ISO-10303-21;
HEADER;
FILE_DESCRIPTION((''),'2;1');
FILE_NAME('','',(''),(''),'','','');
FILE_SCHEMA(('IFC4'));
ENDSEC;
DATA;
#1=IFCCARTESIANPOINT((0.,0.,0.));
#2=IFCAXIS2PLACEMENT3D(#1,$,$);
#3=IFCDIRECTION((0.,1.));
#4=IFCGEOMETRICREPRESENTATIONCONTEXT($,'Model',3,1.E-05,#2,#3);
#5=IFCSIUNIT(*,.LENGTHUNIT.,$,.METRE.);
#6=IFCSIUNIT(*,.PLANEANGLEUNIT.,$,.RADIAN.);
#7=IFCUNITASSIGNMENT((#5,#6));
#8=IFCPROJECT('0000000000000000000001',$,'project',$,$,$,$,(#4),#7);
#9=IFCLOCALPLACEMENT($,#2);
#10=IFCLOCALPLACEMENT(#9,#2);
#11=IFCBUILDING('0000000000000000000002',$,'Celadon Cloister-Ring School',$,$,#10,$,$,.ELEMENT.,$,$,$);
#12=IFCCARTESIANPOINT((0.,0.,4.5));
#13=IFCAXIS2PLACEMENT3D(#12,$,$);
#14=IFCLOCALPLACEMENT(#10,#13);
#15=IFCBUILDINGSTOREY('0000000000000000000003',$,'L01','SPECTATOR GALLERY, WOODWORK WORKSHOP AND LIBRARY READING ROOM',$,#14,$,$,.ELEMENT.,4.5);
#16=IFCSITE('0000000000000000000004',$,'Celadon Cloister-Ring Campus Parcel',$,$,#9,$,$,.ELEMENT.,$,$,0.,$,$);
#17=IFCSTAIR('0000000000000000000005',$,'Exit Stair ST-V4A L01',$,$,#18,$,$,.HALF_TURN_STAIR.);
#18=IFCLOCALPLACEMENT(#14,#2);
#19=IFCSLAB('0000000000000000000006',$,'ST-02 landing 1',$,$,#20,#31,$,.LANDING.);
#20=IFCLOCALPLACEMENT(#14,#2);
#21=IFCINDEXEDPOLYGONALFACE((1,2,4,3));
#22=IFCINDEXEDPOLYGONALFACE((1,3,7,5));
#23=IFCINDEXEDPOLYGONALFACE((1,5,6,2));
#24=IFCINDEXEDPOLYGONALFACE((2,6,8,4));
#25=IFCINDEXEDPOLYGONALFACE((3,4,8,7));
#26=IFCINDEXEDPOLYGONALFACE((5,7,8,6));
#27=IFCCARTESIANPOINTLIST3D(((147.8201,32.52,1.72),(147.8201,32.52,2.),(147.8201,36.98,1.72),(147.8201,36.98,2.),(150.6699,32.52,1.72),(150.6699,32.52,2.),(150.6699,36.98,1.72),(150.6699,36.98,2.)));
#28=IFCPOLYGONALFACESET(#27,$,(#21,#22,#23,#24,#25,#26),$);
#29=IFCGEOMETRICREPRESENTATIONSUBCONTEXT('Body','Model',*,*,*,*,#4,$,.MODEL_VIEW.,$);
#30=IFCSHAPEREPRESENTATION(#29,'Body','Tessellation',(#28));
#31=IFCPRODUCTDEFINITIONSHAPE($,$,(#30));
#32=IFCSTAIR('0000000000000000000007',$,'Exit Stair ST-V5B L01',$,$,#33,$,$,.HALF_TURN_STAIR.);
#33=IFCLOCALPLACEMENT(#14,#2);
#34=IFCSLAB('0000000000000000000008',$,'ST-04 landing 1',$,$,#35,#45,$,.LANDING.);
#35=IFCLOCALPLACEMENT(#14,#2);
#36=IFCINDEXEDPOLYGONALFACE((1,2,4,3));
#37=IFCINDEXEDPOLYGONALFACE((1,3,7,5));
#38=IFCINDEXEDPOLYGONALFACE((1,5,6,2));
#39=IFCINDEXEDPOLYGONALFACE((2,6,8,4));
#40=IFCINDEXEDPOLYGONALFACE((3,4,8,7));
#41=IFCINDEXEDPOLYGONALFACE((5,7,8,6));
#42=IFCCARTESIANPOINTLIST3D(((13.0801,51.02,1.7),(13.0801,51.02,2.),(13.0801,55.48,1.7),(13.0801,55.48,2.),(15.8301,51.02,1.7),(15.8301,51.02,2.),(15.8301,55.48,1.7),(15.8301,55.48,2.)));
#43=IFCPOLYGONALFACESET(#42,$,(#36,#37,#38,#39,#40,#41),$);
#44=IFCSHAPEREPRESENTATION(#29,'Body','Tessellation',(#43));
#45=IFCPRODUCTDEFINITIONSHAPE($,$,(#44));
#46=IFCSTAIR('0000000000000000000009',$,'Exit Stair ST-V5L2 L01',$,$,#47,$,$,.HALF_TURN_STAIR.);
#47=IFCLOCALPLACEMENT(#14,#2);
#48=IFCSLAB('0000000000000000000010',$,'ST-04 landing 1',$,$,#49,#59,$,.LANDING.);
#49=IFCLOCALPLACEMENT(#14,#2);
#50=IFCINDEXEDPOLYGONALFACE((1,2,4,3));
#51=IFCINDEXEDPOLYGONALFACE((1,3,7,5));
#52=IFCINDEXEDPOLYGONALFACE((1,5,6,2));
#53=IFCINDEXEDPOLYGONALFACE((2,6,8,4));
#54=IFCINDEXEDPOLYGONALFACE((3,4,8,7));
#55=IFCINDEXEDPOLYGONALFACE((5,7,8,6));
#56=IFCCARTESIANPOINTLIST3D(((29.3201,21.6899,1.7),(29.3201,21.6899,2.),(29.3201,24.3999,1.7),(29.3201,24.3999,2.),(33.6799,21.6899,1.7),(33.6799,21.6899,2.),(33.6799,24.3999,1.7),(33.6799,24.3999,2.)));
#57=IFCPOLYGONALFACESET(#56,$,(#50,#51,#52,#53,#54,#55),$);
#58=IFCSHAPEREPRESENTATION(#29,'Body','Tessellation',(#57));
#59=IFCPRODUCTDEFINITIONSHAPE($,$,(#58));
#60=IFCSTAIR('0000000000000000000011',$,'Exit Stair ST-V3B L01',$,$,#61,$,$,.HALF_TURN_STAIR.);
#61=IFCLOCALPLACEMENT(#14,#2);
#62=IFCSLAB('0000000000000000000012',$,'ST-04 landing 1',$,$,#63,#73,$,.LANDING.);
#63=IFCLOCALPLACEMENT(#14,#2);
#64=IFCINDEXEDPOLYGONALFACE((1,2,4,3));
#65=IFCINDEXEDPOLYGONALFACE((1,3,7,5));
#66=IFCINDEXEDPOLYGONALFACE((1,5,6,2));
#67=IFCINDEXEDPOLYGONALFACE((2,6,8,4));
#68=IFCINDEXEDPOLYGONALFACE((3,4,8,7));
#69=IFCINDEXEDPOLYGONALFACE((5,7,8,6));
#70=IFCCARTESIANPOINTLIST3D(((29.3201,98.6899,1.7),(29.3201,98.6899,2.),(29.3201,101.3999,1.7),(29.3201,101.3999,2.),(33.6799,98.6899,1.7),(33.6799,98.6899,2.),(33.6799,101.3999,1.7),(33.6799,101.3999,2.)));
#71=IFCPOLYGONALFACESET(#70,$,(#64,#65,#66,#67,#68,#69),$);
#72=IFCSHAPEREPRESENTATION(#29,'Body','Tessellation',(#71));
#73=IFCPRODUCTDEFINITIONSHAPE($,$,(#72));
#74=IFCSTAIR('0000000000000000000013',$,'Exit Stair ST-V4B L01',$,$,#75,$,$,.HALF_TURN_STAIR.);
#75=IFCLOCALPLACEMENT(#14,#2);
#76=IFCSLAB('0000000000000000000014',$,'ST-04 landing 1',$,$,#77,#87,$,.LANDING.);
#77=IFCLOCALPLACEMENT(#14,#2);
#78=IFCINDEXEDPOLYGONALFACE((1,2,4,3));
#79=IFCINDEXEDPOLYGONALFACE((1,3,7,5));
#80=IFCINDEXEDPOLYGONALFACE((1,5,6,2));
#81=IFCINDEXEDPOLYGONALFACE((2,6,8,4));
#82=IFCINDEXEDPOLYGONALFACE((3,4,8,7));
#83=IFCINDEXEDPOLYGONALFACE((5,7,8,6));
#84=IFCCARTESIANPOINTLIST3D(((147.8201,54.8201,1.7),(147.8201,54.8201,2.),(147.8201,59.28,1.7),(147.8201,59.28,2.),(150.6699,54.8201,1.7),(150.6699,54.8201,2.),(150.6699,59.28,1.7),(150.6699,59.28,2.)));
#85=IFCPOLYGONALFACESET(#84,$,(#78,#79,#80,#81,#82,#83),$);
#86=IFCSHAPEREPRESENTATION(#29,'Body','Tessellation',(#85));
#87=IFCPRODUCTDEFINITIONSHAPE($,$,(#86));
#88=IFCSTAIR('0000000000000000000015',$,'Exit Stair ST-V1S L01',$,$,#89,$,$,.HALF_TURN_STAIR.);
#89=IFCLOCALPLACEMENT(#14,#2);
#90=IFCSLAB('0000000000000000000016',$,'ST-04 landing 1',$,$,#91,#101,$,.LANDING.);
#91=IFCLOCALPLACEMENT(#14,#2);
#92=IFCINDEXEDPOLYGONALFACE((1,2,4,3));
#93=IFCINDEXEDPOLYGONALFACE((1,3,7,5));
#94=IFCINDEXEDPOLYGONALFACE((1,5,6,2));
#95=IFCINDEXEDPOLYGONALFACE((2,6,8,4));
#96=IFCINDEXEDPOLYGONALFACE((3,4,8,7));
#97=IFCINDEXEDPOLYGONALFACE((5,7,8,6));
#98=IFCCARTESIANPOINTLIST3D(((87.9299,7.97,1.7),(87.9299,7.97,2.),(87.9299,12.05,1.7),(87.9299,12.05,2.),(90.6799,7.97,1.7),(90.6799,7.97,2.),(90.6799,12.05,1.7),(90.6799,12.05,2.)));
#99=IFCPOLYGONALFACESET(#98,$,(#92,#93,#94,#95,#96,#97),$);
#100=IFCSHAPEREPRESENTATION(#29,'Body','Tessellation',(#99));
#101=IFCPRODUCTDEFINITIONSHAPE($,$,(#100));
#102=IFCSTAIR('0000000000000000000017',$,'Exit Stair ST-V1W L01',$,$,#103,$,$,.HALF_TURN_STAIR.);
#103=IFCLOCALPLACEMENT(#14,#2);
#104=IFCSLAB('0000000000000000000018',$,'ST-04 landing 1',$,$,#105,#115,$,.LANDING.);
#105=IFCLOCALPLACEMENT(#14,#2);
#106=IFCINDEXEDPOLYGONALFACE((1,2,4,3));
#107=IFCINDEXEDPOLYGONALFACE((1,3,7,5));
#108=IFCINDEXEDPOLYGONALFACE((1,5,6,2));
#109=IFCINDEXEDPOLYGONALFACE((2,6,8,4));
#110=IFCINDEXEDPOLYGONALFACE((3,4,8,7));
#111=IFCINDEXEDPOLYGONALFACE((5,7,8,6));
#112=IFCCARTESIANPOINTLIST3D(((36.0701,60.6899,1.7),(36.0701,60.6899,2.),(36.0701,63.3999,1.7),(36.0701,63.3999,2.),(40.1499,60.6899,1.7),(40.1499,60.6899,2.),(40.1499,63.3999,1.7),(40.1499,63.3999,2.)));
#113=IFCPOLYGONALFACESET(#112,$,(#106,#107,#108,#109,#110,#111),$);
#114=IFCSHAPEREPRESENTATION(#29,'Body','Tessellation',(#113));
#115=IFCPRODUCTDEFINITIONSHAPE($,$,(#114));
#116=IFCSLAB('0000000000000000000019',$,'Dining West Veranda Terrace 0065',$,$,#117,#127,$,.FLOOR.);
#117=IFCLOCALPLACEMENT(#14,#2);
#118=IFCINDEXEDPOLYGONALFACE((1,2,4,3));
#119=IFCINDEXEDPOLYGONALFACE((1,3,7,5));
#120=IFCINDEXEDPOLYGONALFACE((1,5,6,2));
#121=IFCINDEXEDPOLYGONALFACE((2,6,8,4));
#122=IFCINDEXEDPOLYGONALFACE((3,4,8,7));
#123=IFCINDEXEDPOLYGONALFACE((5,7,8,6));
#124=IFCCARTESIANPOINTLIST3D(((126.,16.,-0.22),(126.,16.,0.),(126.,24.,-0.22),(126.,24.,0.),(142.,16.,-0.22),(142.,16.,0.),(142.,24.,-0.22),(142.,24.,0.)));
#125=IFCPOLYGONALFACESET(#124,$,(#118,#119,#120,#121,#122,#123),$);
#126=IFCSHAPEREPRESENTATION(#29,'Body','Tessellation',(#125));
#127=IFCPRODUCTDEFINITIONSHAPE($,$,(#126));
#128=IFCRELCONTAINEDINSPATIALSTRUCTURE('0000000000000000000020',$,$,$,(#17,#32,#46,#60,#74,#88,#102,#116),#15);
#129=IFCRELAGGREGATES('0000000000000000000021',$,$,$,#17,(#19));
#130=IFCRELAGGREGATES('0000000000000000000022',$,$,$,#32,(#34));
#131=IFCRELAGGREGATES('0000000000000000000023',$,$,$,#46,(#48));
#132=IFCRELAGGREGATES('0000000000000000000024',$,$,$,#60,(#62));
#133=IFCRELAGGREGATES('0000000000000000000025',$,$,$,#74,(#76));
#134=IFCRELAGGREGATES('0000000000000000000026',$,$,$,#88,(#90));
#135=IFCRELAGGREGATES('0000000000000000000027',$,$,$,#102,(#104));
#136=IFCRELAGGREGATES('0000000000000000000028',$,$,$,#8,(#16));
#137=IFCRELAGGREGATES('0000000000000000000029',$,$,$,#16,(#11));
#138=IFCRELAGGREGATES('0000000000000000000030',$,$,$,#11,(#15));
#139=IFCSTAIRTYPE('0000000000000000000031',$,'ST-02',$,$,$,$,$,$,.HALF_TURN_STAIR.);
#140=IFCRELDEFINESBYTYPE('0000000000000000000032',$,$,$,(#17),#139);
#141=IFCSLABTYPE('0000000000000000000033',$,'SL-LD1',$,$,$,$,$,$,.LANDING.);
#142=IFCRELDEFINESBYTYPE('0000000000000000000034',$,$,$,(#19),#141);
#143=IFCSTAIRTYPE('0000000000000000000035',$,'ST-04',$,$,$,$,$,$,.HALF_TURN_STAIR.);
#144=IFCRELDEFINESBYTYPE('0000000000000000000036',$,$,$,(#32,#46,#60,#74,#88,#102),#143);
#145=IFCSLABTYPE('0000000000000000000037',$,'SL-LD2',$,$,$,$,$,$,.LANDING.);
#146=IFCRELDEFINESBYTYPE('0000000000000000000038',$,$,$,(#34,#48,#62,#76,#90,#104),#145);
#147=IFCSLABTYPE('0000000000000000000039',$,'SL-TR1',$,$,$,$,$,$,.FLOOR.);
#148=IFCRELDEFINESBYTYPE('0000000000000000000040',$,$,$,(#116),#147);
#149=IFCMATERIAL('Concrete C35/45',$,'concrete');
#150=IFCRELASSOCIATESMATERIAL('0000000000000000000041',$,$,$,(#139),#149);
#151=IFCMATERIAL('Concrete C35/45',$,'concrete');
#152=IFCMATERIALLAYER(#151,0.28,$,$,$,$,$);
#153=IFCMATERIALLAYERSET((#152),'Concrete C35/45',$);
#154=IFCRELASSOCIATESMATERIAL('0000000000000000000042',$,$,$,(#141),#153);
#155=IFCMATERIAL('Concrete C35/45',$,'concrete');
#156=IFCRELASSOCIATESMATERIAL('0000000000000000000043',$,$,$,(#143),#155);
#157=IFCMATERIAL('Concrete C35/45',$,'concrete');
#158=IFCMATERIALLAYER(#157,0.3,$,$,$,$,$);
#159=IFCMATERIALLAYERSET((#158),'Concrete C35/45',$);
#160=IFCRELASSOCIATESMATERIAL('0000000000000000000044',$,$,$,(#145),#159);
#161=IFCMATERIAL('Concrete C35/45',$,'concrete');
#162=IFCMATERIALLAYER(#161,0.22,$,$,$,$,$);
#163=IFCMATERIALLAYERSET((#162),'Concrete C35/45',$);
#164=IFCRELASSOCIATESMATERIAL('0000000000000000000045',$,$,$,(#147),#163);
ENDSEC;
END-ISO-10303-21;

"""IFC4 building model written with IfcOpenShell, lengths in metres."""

from ifc_helpers import new_model, si_unit, direction, frame, origin, place, context, subcontext, project, spatial, polyline, outline, extrude, material, layer, layer_set, type_object, element, aggregate, save


model = new_model("IFC4")

# Units and contexts
model_context = context("Model", 3, precision=1e-05, world=origin(), true_north=direction((0.0, 1.0)))
body_context = subcontext(model_context, "Body", "Model", "MODEL_VIEW")
ifc_project = project(units=[si_unit("LENGTHUNIT", "METRE"), si_unit("PLANEANGLEUNIT", "RADIAN")], contexts=[model_context])

# Site, building, storey
site_placement = place(None, origin())
site = spatial("IfcSite", under=ifc_project, at=site_placement, Name="Celadon Cloister-Ring Campus Parcel", CompositionType="ELEMENT", RefElevation=0.0)
building_placement = place(site_placement, origin())
building = spatial("IfcBuilding", under=site, at=building_placement, Name="Celadon Cloister-Ring School", CompositionType="ELEMENT")
storey_placement = place(building_placement, frame((0.0, 0.0, 4.5)))
storey = spatial("IfcBuildingStorey", under=building, at=storey_placement, Name="L01", Description="SPECTATOR GALLERY, WOODWORK WORKSHOP AND LIBRARY READING ROOM", CompositionType="ELEMENT", Elevation=4.5)

# Stairs, slabs
ifc_material_1 = material(Name="Concrete C35/45", Category="concrete")
stair_type_1 = type_object("IfcStairType", Name="ST-02", PredefinedType="HALF_TURN_STAIR", material=ifc_material_1)
ifc_material_2 = material(Name="Concrete C35/45", Category="concrete")
ifc_layer_1 = layer(ifc_material_2, 0.28)
ifc_layer_set_1 = layer_set([ifc_layer_1], Name="Concrete C35/45")
slab_type_1 = type_object("IfcSlabType", Name="SL-LD1", PredefinedType="LANDING", material=ifc_layer_set_1)
stair_1_placement = place(storey_placement, origin())
stair_1 = element("IfcStair", 1, at=stair_1_placement, inside=storey, type_object=stair_type_1, Name="Exit Stair ST-V4A L01", PredefinedType="HALF_TURN_STAIR")
slab_1_placement = place(storey_placement, frame((0.0, 0.0, 1.72)))
slab_1 = element("IfcSlab", 2, at=slab_1_placement, type_object=slab_type_1, Name="ST-02 landing 1", PredefinedType="LANDING", context=body_context, shape_type="SweptSolid", body=[
    extrude(outline(polyline([(147.8201, 32.52), (150.6699, 32.52), (150.6699, 36.98), (147.8201, 36.98), (147.8201, 32.52)])), origin(), (0.0, 0.0, 1.0), 0.28),
])
aggregate(stair_1, [slab_1])
ifc_material_3 = material(Name="Concrete C35/45", Category="concrete")
stair_type_2 = type_object("IfcStairType", Name="ST-04", PredefinedType="HALF_TURN_STAIR", material=ifc_material_3)
stair_2_placement = place(storey_placement, origin())
stair_2 = element("IfcStair", 3, at=stair_2_placement, inside=storey, type_object=stair_type_2, Name="Exit Stair ST-V5B L01", PredefinedType="HALF_TURN_STAIR")
ifc_material_4 = material(Name="Concrete C35/45", Category="concrete")
ifc_layer_2 = layer(ifc_material_4, 0.3)
ifc_layer_set_2 = layer_set([ifc_layer_2], Name="Concrete C35/45")
slab_type_2 = type_object("IfcSlabType", Name="SL-LD2", PredefinedType="LANDING", material=ifc_layer_set_2)
slab_2_placement = place(storey_placement, frame((0.0, 0.0, 1.7)))
slab_2 = element("IfcSlab", 4, at=slab_2_placement, type_object=slab_type_2, Name="ST-04 landing 1", PredefinedType="LANDING", context=body_context, shape_type="SweptSolid", body=[
    extrude(outline(polyline([(13.0801, 51.02), (15.8301, 51.02), (15.8301, 55.48), (13.0801, 55.48), (13.0801, 51.02)])), origin(), (0.0, 0.0, 1.0), 0.3),
])
aggregate(stair_2, [slab_2])
stair_3_placement = place(storey_placement, origin())
stair_3 = element("IfcStair", 5, at=stair_3_placement, inside=storey, type_object=stair_type_2, Name="Exit Stair ST-V5L2 L01", PredefinedType="HALF_TURN_STAIR")
slab_3_placement = place(storey_placement, frame((0.0, 0.0, 1.7)))
slab_3 = element("IfcSlab", 6, at=slab_3_placement, type_object=slab_type_2, Name="ST-04 landing 1", PredefinedType="LANDING", context=body_context, shape_type="SweptSolid", body=[
    extrude(outline(polyline([(29.3201, 21.6899), (33.6799, 21.6899), (33.6799, 24.3999), (29.3201, 24.3999), (29.3201, 21.6899)])), origin(), (0.0, 0.0, 1.0), 0.3),
])
aggregate(stair_3, [slab_3])
stair_4_placement = place(storey_placement, origin())
stair_4 = element("IfcStair", 7, at=stair_4_placement, inside=storey, type_object=stair_type_2, Name="Exit Stair ST-V3B L01", PredefinedType="HALF_TURN_STAIR")
slab_4_placement = place(storey_placement, frame((0.0, 0.0, 1.7)))
slab_4 = element("IfcSlab", 8, at=slab_4_placement, type_object=slab_type_2, Name="ST-04 landing 1", PredefinedType="LANDING", context=body_context, shape_type="SweptSolid", body=[
    extrude(outline(polyline([(29.3201, 98.6899), (33.6799, 98.6899), (33.6799, 101.3999), (29.3201, 101.3999), (29.3201, 98.6899)])), origin(), (0.0, 0.0, 1.0), 0.3),
])
aggregate(stair_4, [slab_4])
stair_5_placement = place(storey_placement, origin())
stair_5 = element("IfcStair", 9, at=stair_5_placement, inside=storey, type_object=stair_type_2, Name="Exit Stair ST-V4B L01", PredefinedType="HALF_TURN_STAIR")
slab_5_placement = place(storey_placement, frame((0.0, 0.0, 1.7)))
slab_5 = element("IfcSlab", 10, at=slab_5_placement, type_object=slab_type_2, Name="ST-04 landing 1", PredefinedType="LANDING", context=body_context, shape_type="SweptSolid", body=[
    extrude(outline(polyline([(147.8201, 54.8201), (150.6699, 54.8201), (150.6699, 59.28), (147.8201, 59.28), (147.8201, 54.8201)])), origin(), (0.0, 0.0, 1.0), 0.3),
])
aggregate(stair_5, [slab_5])
stair_6_placement = place(storey_placement, origin())
stair_6 = element("IfcStair", 11, at=stair_6_placement, inside=storey, type_object=stair_type_2, Name="Exit Stair ST-V1S L01", PredefinedType="HALF_TURN_STAIR")
slab_6_placement = place(storey_placement, frame((0.0, 0.0, 1.7)))
slab_6 = element("IfcSlab", 12, at=slab_6_placement, type_object=slab_type_2, Name="ST-04 landing 1", PredefinedType="LANDING", context=body_context, shape_type="SweptSolid", body=[
    extrude(outline(polyline([(87.9299, 7.97), (90.6799, 7.97), (90.6799, 12.05), (87.9299, 12.05), (87.9299, 7.97)])), origin(), (0.0, 0.0, 1.0), 0.3),
])
aggregate(stair_6, [slab_6])
stair_7_placement = place(storey_placement, origin())
stair_7 = element("IfcStair", 13, at=stair_7_placement, inside=storey, type_object=stair_type_2, Name="Exit Stair ST-V1W L01", PredefinedType="HALF_TURN_STAIR")
slab_7_placement = place(storey_placement, frame((0.0, 0.0, 1.7)))
slab_7 = element("IfcSlab", 14, at=slab_7_placement, type_object=slab_type_2, Name="ST-04 landing 1", PredefinedType="LANDING", context=body_context, shape_type="SweptSolid", body=[
    extrude(outline(polyline([(36.0701, 60.6899), (40.1499, 60.6899), (40.1499, 63.3999), (36.0701, 63.3999), (36.0701, 60.6899)])), origin(), (0.0, 0.0, 1.0), 0.3),
])
aggregate(stair_7, [slab_7])

# Slab
ifc_material_5 = material(Name="Concrete C35/45", Category="concrete")
ifc_layer_3 = layer(ifc_material_5, 0.22)
ifc_layer_set_3 = layer_set([ifc_layer_3], Name="Concrete C35/45")
slab_type_3 = type_object("IfcSlabType", Name="SL-TR1", PredefinedType="FLOOR", material=ifc_layer_set_3)
slab_8_placement = place(storey_placement, frame((0.0, 0.0, -0.22)))
element("IfcSlab", 15, at=slab_8_placement, inside=storey, type_object=slab_type_3, Name="Dining West Veranda Terrace 0065", PredefinedType="FLOOR", context=body_context, shape_type="SweptSolid", body=[
    extrude(outline(polyline([(126.0, 16.0), (142.0, 16.0), (142.0, 24.0), (126.0, 24.0), (126.0, 16.0)])), origin(), (0.0, 0.0, 1.0), 0.22),
])

save(model, "model.ifc")
